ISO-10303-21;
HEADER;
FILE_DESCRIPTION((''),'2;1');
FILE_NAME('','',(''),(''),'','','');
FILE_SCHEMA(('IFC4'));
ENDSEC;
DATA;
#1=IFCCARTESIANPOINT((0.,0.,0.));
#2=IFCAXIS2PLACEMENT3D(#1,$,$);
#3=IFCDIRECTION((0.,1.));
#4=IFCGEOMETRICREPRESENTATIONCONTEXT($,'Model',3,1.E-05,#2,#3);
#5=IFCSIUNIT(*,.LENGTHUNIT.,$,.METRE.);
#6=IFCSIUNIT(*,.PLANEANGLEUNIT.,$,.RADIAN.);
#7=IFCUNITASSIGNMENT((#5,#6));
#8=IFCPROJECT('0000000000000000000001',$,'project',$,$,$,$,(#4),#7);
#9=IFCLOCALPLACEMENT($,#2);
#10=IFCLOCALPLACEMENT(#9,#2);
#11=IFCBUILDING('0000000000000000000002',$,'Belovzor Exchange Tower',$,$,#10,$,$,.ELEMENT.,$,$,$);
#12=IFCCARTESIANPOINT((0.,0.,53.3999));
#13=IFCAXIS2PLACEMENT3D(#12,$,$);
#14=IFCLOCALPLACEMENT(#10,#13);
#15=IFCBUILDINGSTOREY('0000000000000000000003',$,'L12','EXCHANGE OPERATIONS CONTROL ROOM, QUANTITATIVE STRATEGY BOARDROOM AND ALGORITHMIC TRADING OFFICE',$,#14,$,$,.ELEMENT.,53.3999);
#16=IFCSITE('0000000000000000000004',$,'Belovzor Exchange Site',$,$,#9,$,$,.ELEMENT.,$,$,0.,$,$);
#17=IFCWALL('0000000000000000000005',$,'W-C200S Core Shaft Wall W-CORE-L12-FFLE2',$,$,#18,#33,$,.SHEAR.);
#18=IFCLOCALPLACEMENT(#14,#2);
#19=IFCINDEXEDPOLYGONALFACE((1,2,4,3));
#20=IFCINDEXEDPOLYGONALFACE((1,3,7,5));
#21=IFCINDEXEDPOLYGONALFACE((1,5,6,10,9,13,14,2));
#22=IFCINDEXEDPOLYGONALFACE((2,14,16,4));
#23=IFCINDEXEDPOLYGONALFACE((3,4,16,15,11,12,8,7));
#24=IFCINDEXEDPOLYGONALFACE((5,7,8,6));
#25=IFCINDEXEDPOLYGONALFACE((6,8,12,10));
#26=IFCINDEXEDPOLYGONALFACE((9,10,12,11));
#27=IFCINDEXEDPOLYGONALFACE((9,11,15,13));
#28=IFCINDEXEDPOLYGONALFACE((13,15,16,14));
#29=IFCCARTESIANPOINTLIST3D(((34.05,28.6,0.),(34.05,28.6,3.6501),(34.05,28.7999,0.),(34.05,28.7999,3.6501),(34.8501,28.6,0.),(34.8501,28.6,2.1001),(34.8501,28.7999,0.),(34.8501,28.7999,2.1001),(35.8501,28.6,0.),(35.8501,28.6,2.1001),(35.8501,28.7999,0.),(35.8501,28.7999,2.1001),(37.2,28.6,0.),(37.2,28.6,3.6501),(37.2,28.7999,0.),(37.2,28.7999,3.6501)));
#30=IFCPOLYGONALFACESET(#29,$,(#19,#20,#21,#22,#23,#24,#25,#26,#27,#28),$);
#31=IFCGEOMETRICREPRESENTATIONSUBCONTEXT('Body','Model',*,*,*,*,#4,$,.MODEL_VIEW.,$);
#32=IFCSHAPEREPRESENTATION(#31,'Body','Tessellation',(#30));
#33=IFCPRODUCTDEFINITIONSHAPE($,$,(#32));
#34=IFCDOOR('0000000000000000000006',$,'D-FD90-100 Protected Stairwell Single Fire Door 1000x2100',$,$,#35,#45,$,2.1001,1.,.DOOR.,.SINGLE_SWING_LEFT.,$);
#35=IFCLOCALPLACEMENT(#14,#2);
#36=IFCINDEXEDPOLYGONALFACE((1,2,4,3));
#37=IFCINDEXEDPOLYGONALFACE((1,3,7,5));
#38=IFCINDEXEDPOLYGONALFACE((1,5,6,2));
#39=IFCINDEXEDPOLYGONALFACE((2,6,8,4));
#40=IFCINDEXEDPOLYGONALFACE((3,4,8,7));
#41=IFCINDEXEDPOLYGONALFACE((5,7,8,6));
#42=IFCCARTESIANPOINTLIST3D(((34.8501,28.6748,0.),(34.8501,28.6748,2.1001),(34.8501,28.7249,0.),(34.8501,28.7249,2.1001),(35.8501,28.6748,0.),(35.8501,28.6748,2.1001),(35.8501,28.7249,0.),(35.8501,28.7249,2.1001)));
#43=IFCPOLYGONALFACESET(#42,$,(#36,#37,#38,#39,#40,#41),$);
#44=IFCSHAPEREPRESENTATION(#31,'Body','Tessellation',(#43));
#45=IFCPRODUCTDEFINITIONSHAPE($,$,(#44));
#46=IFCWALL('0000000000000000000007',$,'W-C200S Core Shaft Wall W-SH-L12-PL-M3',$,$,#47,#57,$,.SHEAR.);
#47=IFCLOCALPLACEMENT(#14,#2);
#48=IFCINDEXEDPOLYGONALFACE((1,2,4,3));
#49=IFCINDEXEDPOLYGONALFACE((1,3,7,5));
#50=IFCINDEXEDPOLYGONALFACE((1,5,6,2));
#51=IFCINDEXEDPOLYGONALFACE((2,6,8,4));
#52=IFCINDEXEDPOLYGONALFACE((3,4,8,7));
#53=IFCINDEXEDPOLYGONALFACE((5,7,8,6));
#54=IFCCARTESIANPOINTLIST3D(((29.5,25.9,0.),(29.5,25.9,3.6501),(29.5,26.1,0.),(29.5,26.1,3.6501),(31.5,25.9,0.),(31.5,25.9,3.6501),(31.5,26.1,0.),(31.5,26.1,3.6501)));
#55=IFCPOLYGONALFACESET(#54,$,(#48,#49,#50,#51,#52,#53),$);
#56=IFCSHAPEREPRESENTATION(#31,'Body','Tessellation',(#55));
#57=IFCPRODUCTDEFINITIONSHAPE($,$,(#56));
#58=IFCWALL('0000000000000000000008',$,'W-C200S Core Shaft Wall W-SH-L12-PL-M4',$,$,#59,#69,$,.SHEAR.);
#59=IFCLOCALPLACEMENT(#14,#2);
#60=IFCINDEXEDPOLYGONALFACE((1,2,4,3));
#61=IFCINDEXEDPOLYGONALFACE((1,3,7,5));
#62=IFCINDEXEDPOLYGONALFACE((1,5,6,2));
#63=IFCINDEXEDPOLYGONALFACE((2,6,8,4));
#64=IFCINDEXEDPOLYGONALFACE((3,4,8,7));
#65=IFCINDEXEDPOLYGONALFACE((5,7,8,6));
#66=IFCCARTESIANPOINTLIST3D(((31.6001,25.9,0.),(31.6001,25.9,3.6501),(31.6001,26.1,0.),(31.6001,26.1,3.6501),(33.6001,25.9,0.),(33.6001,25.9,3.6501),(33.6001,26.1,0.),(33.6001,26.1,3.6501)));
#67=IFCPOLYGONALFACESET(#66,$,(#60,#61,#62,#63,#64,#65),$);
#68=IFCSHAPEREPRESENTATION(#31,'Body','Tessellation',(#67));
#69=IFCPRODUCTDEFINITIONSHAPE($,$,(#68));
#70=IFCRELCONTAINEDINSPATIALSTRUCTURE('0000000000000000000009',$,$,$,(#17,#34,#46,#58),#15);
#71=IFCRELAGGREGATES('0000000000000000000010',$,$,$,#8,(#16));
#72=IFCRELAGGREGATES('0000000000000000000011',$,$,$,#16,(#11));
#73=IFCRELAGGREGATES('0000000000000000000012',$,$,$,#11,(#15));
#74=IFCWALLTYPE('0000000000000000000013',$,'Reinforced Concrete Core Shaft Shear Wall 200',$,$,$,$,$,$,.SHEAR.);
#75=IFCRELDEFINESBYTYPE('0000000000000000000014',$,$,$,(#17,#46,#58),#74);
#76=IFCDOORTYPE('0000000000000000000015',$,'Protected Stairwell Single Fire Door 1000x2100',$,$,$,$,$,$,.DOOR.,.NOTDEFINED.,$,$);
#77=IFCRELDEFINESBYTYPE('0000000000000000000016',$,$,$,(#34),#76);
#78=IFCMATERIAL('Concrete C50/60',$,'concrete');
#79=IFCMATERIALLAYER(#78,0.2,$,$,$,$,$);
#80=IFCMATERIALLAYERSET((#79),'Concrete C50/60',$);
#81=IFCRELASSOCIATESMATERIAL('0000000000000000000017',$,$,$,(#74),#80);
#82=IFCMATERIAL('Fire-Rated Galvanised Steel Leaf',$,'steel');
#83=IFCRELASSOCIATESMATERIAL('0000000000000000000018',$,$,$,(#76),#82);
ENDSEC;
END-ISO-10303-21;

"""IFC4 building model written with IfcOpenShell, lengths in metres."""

from ifc_helpers import new_model, si_unit, direction, frame, frame_2d, origin, place, context, subcontext, project, spatial, rectangle, extrude, material, layer, layer_set, type_object, element, fill, save


model = new_model("IFC4")

# Units and contexts
model_context = context("Model", 3, precision=1e-05, world=origin(), true_north=direction((0.0, 1.0)))
body_context = subcontext(model_context, "Body", "Model", "MODEL_VIEW")
ifc_project = project(units=[si_unit("LENGTHUNIT", "METRE"), si_unit("PLANEANGLEUNIT", "RADIAN")], contexts=[model_context])

# Site, building, storey
site_placement = place(None, origin())
site = spatial("IfcSite", under=ifc_project, at=site_placement, Name="Belovzor Exchange Site", CompositionType="ELEMENT", RefElevation=0.0)
building_placement = place(site_placement, origin())
building = spatial("IfcBuilding", under=site, at=building_placement, Name="Belovzor Exchange Tower", CompositionType="ELEMENT")
storey_placement = place(building_placement, frame((0.0, 0.0, 53.3999)))
storey = spatial("IfcBuildingStorey", under=building, at=storey_placement, Name="L12", Description="EXCHANGE OPERATIONS CONTROL ROOM, QUANTITATIVE STRATEGY BOARDROOM AND ALGORITHMIC TRADING OFFICE", CompositionType="ELEMENT", Elevation=53.3999)

# Wall, opening, door
ifc_material_1 = material(Name="Concrete C50/60", Category="concrete")
ifc_layer_1 = layer(ifc_material_1, 0.2)
ifc_layer_set_1 = layer_set([ifc_layer_1], Name="Concrete C50/60")
wall_type_1 = type_object("IfcWallType", Name="Reinforced Concrete Core Shaft Shear Wall 200", PredefinedType="SHEAR", material=ifc_layer_set_1)
wall_1_placement = place(storey_placement, frame((34.05, 28.7, 0.0), z_axis=(0.0, 0.0, 1.0), x_axis=(1.0, 0.0, 0.0)))
wall_1 = element("IfcWall", 1, at=wall_1_placement, inside=storey, type_object=wall_type_1, Name="W-C200S Core Shaft Wall W-CORE-L12-FFLE2", PredefinedType="SHEAR", context=body_context, shape_type="SweptSolid", body=[
    extrude(rectangle(XDim=3.1499, YDim=0.2, at=frame_2d((1.575, 0.0))), origin(), (0.0, 0.0, 1.0), 3.6501),
])
opening_1_placement = place(wall_1_placement, frame((0.8, 0.0, 0.0)))
opening_1 = element("IfcOpeningElement", 2, at=opening_1_placement, cuts=wall_1, PredefinedType="OPENING", context=body_context, shape_type="SweptSolid", body=[
    extrude(rectangle(XDim=1.0, YDim=2.1001, at=frame_2d((0.5, 1.05))), frame((0.0, 0.1099, 0.0), z_axis=(0.0, -1.0, 0.0), x_axis=(1.0, 0.0, 0.0)), (0.0, 0.0, 1.0), 0.22),
])
ifc_material_2 = material(Name="Fire-Rated Galvanised Steel Leaf", Category="steel")
door_type_1 = type_object("IfcDoorType", Name="Protected Stairwell Single Fire Door 1000x2100", OperationType="NOTDEFINED", PredefinedType="DOOR", material=ifc_material_2)
door_1_placement = place(opening_1_placement, origin())
door_1 = element("IfcDoor", 3, at=door_1_placement, inside=storey, type_object=door_type_1, Name="D-FD90-100 Protected Stairwell Single Fire Door 1000x2100", OperationType="SINGLE_SWING_LEFT", OverallHeight=2.1001, OverallWidth=1.0, PredefinedType="DOOR", context=body_context, shape_type="SweptSolid", body=[
    extrude(rectangle(XDim=1.0, YDim=2.1001, at=frame_2d((0.5, 1.05))), frame((0.0, 0.0249, 0.0), z_axis=(0.0, -1.0, 0.0), x_axis=(1.0, 0.0, 0.0)), (0.0, 0.0, 1.0), 0.05),
])
fill(opening_1, door_1)

# Walls
for number, where, z_axis, x_axis, name in (
    (4, (29.5, 26.0, 0.0), (0.0, 0.0, 1.0), (1.0, 0.0, 0.0), "W-C200S Core Shaft Wall W-SH-L12-PL-M3"),
    (5, (31.6001, 26.0, 0.0), (0.0, 0.0, 1.0), (1.0, 0.0, 0.0), "W-C200S Core Shaft Wall W-SH-L12-PL-M4"),
):
    element("IfcWall", number, at=place(storey_placement, frame(where, z_axis=z_axis, x_axis=x_axis)), inside=storey, type_object=wall_type_1, Name=name, PredefinedType="SHEAR", context=body_context, shape_type="SweptSolid", body=[
        extrude(rectangle(XDim=2.0, YDim=0.2, at=frame_2d((1.0, 0.0))), origin(), (0.0, 0.0, 1.0), 3.6501),
    ])

save(model, "model.ifc")
